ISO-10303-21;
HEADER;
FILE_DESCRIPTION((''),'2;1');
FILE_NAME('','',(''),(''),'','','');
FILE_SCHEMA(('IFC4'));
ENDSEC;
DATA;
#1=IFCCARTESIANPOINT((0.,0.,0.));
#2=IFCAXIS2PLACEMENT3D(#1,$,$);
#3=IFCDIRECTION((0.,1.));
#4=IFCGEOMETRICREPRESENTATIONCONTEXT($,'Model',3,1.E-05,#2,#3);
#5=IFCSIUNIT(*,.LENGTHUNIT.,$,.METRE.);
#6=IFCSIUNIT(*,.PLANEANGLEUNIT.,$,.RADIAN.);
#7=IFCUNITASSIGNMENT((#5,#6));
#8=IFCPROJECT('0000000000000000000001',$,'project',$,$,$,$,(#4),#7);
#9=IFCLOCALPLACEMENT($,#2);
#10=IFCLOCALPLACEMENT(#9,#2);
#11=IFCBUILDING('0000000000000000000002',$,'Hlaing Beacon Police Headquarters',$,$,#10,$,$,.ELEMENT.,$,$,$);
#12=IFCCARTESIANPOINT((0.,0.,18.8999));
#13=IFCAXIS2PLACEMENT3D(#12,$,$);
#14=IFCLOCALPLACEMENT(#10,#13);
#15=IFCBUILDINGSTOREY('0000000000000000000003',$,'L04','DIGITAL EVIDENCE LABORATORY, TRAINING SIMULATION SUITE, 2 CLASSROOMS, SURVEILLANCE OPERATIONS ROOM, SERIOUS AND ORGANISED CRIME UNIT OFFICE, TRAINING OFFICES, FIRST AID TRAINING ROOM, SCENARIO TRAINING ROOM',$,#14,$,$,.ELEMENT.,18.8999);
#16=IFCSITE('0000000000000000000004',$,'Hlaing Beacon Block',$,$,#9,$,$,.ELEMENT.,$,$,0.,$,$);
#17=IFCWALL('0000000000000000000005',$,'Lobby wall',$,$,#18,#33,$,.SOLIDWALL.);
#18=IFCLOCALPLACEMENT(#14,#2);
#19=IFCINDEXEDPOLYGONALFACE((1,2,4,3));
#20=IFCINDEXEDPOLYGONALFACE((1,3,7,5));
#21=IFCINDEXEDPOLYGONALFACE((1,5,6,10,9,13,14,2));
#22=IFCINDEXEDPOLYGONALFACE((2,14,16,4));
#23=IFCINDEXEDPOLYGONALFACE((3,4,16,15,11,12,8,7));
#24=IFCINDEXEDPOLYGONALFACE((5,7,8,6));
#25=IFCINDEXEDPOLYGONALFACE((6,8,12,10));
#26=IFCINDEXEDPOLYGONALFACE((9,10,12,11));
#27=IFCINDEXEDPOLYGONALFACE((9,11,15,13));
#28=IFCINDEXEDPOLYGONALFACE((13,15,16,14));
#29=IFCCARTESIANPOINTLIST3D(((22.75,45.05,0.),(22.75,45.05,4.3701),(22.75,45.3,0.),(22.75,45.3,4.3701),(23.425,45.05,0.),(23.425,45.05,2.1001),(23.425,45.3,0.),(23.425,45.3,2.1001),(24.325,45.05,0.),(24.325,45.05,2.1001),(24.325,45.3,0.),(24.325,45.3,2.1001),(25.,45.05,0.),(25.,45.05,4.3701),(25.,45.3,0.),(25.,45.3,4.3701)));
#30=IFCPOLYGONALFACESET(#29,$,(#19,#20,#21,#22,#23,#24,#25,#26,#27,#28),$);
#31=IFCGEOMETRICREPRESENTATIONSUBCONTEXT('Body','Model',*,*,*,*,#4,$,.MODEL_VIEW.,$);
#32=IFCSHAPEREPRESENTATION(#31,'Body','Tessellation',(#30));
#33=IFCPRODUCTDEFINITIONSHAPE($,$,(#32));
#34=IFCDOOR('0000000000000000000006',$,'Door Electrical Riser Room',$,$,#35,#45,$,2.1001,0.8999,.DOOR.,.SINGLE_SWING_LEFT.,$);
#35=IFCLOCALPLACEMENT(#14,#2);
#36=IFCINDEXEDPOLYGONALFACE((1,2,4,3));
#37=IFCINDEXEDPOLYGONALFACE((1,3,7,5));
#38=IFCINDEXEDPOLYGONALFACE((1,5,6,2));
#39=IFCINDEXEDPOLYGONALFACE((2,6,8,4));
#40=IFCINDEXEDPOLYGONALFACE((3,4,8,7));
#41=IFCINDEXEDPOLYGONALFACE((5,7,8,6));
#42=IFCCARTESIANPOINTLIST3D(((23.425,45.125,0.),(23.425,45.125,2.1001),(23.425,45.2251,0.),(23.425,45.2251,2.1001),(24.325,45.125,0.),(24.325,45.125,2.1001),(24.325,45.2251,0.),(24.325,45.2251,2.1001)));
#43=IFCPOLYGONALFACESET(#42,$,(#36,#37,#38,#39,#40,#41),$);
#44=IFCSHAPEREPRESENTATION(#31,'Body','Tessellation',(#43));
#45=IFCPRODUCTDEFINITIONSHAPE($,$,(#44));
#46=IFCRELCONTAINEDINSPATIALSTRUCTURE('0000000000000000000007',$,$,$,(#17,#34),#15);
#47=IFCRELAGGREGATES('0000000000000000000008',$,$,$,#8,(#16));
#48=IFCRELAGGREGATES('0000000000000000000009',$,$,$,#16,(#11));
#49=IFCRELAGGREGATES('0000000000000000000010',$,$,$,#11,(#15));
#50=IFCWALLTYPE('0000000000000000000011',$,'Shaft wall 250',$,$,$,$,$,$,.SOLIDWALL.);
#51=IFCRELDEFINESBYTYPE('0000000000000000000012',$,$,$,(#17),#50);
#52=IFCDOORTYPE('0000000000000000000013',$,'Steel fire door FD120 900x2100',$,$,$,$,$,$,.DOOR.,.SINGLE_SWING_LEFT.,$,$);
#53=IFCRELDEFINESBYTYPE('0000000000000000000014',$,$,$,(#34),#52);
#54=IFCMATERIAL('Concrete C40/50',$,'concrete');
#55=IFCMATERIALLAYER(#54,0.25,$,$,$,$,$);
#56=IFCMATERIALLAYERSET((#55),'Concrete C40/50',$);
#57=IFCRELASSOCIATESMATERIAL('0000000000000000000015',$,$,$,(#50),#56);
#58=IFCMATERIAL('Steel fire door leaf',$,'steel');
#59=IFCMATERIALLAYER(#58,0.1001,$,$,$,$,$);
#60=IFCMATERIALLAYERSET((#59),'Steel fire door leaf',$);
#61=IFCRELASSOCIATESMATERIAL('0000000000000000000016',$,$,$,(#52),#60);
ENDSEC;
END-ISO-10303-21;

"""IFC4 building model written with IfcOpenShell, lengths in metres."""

from ifc_helpers import new_model, si_unit, direction, frame, frame_2d, origin, place, context, subcontext, project, spatial, rectangle, extrude, material, layer, layer_set, type_object, element, fill, save


model = new_model("IFC4")

# Units and contexts
model_context = context("Model", 3, precision=1e-05, world=origin(), true_north=direction((0.0, 1.0)))
body_context = subcontext(model_context, "Body", "Model", "MODEL_VIEW")
ifc_project = project(units=[si_unit("LENGTHUNIT", "METRE"), si_unit("PLANEANGLEUNIT", "RADIAN")], contexts=[model_context])

# Site, building, storey
site_placement = place(None, origin())
site = spatial("IfcSite", under=ifc_project, at=site_placement, Name="Hlaing Beacon Block", CompositionType="ELEMENT", RefElevation=0.0)
building_placement = place(site_placement, origin())
building = spatial("IfcBuilding", under=site, at=building_placement, Name="Hlaing Beacon Police Headquarters", CompositionType="ELEMENT")
storey_placement = place(building_placement, frame((0.0, 0.0, 18.8999)))
storey = spatial("IfcBuildingStorey", under=building, at=storey_placement, Name="L04", Description="DIGITAL EVIDENCE LABORATORY, TRAINING SIMULATION SUITE, 2 CLASSROOMS, SURVEILLANCE OPERATIONS ROOM, SERIOUS AND ORGANISED CRIME UNIT OFFICE, TRAINING OFFICES, FIRST AID TRAINING ROOM, SCENARIO TRAINING ROOM", CompositionType="ELEMENT", Elevation=18.8999)

# Wall, opening, door
ifc_material_1 = material(Name="Concrete C40/50", Category="concrete")
ifc_layer_1 = layer(ifc_material_1, 0.25)
ifc_layer_set_1 = layer_set([ifc_layer_1], Name="Concrete C40/50")
wall_type_1 = type_object("IfcWallType", Name="Shaft wall 250", PredefinedType="SOLIDWALL", material=ifc_layer_set_1)
wall_1_placement = place(storey_placement, frame((25.0, 45.175, 0.0), z_axis=(0.0, 0.0, 1.0), x_axis=(-1.0, 0.0, 0.0)))
wall_1 = element("IfcWall", 1, at=wall_1_placement, inside=storey, type_object=wall_type_1, Name="Lobby wall", PredefinedType="SOLIDWALL", context=body_context, shape_type="SweptSolid", body=[
    extrude(rectangle(XDim=2.25, YDim=0.25, at=frame_2d((1.125, 0.0))), origin(), (0.0, 0.0, 1.0), 4.3701),
])
opening_1_placement = place(wall_1_placement, frame((0.675, 0.0, 0.0)))
opening_1 = element("IfcOpeningElement", 2, at=opening_1_placement, cuts=wall_1, PredefinedType="OPENING", context=body_context, shape_type="SweptSolid", body=[
    extrude(rectangle(XDim=0.8999, YDim=2.1001, at=frame_2d((0.45, 1.05))), frame((0.0, 0.135, 0.0), z_axis=(0.0, -1.0, 0.0), x_axis=(1.0, 0.0, 0.0)), (0.0, 0.0, 1.0), 0.27),
])
ifc_material_2 = material(Name="Steel fire door leaf", Category="steel")
ifc_layer_2 = layer(ifc_material_2, 0.1001)
ifc_layer_set_2 = layer_set([ifc_layer_2], Name="Steel fire door leaf")
door_type_1 = type_object("IfcDoorType", Name="Steel fire door FD120 900x2100", OperationType="SINGLE_SWING_LEFT", PredefinedType="DOOR", material=ifc_layer_set_2)
door_1_placement = place(opening_1_placement, origin())
door_1 = element("IfcDoor", 3, at=door_1_placement, inside=storey, type_object=door_type_1, Name="Door Electrical Riser Room", OperationType="SINGLE_SWING_LEFT", OverallHeight=2.1001, OverallWidth=0.8999, PredefinedType="DOOR", context=body_context, shape_type="SweptSolid", body=[
    extrude(rectangle(XDim=0.8999, YDim=2.1001, at=frame_2d((0.45, 1.05))), frame((0.0, 0.05, 0.0), z_axis=(0.0, -1.0, 0.0), x_axis=(1.0, 0.0, 0.0)), (0.0, 0.0, 1.0), 0.1001),
])
fill(opening_1, door_1)

save(model, "model.ifc")
